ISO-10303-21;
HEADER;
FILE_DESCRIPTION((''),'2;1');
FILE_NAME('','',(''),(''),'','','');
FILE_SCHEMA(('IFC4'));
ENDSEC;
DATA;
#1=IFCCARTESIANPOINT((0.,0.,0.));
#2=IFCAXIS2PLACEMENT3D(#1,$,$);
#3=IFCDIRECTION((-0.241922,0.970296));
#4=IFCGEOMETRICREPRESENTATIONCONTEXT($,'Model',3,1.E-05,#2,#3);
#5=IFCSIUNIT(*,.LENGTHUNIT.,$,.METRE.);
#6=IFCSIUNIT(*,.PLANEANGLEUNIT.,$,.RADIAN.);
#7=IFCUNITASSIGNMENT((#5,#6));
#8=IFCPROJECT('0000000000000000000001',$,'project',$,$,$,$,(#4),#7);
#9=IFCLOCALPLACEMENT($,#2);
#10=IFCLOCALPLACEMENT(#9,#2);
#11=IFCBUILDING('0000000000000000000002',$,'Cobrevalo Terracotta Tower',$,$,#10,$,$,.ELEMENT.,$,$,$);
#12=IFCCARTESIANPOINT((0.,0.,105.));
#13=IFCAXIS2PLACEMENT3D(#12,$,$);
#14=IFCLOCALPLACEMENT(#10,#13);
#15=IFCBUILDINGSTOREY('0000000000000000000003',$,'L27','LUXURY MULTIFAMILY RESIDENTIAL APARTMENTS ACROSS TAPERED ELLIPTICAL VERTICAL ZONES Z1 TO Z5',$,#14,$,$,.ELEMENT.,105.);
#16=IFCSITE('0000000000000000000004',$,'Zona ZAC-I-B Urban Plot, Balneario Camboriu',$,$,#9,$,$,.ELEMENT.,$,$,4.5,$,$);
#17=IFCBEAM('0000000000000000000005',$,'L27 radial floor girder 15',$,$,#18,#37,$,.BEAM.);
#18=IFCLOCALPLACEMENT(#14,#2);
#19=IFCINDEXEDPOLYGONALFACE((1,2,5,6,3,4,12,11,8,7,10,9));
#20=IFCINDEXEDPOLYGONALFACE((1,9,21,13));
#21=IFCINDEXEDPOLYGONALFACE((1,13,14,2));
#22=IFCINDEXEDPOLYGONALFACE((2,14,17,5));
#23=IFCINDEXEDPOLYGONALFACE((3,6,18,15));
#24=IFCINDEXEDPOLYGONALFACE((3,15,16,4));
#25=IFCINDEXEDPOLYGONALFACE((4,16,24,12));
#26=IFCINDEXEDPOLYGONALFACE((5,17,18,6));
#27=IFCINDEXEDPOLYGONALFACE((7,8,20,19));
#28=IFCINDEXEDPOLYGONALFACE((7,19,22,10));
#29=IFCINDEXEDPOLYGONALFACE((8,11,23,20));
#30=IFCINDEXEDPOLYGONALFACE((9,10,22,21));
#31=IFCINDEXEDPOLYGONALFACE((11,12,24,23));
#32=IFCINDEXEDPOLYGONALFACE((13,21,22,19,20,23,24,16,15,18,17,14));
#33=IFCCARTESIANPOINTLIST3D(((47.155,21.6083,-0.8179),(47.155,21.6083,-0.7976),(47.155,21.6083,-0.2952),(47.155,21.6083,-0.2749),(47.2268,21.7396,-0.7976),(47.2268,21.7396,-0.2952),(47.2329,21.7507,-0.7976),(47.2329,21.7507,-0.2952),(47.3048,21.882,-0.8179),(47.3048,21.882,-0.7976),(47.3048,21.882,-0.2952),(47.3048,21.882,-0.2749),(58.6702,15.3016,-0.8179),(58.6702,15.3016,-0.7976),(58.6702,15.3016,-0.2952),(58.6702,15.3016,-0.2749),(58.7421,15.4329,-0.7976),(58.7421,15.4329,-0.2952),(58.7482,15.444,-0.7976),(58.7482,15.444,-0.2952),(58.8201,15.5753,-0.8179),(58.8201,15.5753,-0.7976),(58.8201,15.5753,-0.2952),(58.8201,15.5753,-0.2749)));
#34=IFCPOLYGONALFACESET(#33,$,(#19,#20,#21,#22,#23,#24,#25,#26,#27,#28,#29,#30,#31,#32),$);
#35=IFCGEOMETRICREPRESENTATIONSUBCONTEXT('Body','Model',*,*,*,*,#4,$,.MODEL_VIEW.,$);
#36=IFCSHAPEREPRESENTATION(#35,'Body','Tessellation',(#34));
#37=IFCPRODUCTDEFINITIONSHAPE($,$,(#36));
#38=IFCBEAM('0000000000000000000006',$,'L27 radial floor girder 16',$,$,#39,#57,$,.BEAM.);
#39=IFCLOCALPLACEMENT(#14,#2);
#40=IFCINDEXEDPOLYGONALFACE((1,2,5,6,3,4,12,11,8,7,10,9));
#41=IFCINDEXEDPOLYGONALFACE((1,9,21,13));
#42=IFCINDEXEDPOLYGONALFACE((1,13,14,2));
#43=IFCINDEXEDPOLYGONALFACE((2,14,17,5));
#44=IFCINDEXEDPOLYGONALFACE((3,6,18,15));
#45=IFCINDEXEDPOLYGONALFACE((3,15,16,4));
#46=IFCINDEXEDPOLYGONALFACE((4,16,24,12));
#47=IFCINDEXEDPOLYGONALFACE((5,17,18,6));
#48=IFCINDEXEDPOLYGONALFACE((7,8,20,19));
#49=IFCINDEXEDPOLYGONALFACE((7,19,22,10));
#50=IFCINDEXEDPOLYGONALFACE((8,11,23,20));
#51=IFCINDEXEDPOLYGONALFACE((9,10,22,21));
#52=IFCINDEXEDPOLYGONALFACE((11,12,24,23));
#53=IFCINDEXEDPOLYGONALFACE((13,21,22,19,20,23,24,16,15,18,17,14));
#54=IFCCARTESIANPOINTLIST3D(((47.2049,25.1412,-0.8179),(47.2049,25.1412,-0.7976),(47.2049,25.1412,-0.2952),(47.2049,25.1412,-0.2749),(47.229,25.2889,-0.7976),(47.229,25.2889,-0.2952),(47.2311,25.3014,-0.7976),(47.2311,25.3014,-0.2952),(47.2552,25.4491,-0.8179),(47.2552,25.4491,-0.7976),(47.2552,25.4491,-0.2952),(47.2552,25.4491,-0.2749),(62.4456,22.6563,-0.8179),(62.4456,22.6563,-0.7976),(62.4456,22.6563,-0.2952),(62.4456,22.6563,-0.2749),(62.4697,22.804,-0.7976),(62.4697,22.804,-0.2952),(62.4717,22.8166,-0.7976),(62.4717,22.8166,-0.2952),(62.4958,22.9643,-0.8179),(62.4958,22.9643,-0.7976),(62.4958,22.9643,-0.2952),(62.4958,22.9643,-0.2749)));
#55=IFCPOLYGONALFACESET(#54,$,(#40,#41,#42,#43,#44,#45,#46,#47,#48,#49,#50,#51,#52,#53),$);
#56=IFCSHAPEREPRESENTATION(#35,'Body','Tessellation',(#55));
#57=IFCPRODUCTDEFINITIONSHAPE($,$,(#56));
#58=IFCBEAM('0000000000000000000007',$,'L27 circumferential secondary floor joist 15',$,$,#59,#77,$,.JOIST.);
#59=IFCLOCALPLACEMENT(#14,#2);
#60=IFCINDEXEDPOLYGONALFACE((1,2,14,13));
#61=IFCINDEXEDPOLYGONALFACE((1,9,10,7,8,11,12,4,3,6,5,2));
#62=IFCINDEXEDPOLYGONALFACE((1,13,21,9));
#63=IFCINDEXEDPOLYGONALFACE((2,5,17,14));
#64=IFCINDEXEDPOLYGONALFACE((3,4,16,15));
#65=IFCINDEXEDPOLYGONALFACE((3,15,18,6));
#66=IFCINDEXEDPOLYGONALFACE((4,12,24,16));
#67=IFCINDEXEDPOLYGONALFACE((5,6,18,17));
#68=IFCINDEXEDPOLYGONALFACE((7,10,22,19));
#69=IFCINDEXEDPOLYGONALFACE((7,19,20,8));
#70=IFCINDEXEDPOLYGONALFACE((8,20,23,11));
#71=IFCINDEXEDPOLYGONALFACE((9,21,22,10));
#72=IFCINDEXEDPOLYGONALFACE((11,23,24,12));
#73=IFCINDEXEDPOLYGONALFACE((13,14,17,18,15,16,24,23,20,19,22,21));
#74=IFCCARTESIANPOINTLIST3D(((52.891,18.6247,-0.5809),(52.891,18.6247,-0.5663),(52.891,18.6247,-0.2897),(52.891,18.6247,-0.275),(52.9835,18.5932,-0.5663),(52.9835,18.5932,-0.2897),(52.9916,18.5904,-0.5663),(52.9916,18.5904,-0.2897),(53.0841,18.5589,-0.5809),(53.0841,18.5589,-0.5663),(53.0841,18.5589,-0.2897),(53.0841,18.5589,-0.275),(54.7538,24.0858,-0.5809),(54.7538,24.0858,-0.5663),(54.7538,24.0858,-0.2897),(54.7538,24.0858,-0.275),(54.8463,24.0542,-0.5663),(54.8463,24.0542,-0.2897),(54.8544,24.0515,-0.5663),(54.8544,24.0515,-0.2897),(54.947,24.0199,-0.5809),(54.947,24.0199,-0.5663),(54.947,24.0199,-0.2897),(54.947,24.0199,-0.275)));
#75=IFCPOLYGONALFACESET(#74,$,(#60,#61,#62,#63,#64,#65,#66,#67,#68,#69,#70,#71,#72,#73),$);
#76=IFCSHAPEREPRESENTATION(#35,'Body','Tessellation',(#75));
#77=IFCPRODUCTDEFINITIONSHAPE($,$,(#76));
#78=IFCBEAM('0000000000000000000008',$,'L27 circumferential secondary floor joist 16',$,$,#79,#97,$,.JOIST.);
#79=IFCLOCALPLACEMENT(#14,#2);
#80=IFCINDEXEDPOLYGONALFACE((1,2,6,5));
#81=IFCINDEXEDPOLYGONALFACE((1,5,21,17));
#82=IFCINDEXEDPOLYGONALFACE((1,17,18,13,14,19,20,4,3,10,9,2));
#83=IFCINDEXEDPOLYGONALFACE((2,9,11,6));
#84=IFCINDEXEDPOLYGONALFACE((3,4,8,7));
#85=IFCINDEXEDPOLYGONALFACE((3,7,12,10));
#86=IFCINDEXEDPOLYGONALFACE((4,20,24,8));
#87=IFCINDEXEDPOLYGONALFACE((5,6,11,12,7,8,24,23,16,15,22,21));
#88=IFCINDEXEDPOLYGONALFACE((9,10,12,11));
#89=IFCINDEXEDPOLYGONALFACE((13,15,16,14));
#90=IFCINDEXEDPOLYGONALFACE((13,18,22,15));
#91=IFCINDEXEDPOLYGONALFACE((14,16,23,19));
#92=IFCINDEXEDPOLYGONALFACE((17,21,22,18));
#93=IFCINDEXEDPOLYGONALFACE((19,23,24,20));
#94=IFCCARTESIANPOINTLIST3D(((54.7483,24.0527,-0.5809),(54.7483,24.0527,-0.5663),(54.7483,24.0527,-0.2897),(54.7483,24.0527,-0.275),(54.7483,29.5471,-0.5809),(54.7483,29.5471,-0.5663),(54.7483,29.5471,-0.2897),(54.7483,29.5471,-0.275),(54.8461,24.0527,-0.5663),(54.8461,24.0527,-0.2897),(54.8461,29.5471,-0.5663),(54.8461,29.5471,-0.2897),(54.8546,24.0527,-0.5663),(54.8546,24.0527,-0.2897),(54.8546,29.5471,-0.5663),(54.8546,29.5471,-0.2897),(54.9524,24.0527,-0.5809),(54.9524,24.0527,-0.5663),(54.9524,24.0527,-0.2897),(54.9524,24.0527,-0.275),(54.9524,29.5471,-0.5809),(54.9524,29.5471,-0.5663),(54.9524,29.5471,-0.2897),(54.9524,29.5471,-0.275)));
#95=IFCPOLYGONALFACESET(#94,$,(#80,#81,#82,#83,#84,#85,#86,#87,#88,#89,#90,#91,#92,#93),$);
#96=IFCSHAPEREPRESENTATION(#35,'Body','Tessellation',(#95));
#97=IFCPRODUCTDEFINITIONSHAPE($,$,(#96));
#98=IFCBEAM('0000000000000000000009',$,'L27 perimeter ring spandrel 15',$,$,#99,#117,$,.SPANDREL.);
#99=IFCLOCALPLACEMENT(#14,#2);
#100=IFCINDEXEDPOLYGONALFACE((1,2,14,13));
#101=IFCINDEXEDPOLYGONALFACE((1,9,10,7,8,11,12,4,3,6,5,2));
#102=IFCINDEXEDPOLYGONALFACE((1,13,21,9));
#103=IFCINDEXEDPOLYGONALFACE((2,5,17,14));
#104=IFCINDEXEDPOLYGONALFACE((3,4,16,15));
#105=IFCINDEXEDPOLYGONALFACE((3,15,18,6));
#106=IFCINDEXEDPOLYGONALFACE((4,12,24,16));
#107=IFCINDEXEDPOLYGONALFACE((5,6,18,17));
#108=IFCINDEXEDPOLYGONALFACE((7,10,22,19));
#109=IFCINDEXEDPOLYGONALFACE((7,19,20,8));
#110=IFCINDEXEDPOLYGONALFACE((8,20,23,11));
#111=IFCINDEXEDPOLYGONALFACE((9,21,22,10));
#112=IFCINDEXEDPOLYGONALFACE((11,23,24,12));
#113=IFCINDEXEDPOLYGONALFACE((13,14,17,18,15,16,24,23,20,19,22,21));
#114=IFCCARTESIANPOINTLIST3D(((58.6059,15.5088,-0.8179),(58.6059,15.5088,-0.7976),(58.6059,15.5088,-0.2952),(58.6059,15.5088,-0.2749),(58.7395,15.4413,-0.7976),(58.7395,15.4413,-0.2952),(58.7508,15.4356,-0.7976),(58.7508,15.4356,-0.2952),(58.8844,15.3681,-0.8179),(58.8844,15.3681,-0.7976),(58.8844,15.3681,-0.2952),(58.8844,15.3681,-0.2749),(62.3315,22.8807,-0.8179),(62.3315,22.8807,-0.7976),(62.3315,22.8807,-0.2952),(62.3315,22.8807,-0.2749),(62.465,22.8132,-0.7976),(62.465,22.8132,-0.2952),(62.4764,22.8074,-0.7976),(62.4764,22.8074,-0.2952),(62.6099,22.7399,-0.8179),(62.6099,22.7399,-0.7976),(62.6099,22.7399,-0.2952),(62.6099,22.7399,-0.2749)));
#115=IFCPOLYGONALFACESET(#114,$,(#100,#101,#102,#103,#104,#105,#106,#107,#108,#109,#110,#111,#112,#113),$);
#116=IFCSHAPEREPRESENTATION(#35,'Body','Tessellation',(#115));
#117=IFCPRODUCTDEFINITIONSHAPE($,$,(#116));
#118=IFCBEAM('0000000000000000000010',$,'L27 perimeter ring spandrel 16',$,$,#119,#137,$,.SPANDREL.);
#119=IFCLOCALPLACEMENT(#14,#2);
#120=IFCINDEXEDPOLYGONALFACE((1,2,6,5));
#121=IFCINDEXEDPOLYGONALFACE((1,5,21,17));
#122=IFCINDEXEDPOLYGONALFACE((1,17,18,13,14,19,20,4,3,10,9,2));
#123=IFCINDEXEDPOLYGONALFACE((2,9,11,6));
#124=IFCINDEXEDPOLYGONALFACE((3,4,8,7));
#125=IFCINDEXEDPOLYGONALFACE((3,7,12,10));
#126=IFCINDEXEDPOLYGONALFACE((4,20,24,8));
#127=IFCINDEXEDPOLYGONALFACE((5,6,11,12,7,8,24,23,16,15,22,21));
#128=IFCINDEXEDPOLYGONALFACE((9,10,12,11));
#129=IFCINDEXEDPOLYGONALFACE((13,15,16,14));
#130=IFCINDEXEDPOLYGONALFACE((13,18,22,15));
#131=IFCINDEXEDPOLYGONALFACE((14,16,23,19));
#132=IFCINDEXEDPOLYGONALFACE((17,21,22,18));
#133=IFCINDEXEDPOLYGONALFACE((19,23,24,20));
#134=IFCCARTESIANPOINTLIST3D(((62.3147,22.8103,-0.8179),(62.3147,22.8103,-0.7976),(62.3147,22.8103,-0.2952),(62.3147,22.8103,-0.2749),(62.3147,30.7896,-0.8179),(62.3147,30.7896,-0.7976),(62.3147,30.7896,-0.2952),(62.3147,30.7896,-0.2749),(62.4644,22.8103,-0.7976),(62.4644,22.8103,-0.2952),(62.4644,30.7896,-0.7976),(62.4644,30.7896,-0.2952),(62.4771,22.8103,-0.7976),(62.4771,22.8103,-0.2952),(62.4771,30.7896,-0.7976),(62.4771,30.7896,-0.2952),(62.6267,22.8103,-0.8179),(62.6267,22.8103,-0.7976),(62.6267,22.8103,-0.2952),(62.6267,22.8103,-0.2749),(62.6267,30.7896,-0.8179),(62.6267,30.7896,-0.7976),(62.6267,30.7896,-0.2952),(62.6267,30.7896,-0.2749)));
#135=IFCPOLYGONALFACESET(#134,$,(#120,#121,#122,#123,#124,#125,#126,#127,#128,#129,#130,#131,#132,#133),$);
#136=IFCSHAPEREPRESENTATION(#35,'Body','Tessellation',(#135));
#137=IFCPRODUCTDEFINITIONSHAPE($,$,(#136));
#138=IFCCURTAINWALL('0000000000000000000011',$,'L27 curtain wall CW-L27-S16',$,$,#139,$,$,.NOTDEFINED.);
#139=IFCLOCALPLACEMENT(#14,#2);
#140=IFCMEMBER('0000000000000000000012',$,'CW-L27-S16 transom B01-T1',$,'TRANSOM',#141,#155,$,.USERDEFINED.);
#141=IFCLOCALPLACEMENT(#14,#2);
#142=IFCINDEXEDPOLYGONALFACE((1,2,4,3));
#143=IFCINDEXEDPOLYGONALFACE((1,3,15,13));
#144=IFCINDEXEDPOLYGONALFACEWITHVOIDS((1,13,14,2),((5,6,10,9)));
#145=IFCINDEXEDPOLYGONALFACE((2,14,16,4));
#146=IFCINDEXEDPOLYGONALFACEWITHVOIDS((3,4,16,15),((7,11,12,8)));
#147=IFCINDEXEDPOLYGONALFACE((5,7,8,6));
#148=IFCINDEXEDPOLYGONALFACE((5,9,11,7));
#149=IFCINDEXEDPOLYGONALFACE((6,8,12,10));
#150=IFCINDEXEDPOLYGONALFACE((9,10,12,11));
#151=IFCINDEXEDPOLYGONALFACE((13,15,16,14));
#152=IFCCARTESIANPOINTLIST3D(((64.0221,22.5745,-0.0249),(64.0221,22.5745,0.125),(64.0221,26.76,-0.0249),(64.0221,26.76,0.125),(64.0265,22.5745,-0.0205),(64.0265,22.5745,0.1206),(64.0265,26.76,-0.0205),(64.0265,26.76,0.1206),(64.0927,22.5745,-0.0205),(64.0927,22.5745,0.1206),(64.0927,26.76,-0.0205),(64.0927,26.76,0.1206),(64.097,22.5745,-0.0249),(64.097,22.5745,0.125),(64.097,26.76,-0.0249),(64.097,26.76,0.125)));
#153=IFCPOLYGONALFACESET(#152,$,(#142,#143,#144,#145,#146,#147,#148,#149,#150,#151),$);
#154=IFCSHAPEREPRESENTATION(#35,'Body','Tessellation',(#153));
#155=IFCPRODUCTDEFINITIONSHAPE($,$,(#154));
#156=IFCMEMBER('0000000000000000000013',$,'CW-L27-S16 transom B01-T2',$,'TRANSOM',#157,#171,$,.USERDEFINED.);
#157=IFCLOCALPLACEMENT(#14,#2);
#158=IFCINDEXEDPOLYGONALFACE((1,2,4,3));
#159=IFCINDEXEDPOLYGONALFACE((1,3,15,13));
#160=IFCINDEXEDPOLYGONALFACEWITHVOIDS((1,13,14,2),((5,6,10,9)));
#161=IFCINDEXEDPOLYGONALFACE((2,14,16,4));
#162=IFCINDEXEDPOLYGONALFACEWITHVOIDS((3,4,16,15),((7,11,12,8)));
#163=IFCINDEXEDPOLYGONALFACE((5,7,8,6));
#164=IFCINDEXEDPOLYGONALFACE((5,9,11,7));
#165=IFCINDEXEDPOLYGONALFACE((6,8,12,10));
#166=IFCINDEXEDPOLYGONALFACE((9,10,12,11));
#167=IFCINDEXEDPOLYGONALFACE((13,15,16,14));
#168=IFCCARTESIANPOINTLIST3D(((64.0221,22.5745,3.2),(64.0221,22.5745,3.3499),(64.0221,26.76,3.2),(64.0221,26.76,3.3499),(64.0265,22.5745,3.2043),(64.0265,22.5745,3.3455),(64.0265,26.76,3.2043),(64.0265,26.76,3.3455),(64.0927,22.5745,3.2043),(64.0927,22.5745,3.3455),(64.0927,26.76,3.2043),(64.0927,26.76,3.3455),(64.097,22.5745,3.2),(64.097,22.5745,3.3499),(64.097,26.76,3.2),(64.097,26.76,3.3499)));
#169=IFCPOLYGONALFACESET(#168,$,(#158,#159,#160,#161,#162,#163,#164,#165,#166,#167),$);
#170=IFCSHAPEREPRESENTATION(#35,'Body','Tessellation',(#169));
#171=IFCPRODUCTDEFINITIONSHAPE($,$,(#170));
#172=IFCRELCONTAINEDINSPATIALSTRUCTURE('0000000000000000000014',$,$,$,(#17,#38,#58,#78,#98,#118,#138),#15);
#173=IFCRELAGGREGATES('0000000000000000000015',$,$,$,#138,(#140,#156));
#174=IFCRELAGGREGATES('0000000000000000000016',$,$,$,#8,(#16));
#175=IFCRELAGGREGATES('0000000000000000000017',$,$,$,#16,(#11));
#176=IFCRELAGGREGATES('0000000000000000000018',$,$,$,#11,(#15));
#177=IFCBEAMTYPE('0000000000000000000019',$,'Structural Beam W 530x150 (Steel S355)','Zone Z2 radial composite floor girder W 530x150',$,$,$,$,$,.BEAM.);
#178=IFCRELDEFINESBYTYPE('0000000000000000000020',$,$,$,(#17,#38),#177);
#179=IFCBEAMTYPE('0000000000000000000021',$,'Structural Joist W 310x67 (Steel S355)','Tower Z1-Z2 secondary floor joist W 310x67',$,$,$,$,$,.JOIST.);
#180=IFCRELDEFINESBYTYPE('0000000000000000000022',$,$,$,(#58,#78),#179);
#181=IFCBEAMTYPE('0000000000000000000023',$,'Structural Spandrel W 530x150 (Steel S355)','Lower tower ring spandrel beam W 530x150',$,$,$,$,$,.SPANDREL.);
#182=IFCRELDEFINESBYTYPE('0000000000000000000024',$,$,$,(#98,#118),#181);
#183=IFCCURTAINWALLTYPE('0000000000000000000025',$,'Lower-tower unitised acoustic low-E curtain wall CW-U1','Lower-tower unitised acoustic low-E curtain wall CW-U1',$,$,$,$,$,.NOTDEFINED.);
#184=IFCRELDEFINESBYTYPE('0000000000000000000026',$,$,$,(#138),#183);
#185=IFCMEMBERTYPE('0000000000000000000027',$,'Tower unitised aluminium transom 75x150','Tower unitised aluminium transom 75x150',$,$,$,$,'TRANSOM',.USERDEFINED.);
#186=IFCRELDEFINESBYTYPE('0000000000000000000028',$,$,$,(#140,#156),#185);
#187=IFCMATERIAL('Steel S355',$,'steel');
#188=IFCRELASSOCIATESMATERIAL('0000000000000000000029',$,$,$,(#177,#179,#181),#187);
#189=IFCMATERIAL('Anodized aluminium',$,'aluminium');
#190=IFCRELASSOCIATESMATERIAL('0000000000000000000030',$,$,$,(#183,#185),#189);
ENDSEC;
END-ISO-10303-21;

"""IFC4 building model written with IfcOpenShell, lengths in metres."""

from ifc_helpers import new_model, si_unit, direction, frame, origin, origin_2d, place, context, subcontext, project, spatial, hollow_rectangle, i_section, extrude, source, transform, mapped, material, material_profile, profile_set, type_object, element, aggregate, save


model = new_model("IFC4")

# Units and contexts
model_context = context("Model", 3, precision=1e-05, world=origin(), true_north=direction((-0.241922, 0.970296)))
body_context = subcontext(model_context, "Body", "Model", "MODEL_VIEW")
ifc_project = project(units=[si_unit("LENGTHUNIT", "METRE"), si_unit("PLANEANGLEUNIT", "RADIAN")], contexts=[model_context])

# Site, building, storey
site_placement = place(None, origin())
site = spatial("IfcSite", under=ifc_project, at=site_placement, Name="Zona ZAC-I-B Urban Plot, Balneario Camboriu", CompositionType="ELEMENT", RefElevation=4.5)
building_placement = place(site_placement, origin())
building = spatial("IfcBuilding", under=site, at=building_placement, Name="Cobrevalo Terracotta Tower", CompositionType="ELEMENT")
storey_placement = place(building_placement, frame((0.0, 0.0, 105.0)))
storey = spatial("IfcBuildingStorey", under=building, at=storey_placement, Name="L27", Description="LUXURY MULTIFAMILY RESIDENTIAL APARTMENTS ACROSS TAPERED ELLIPTICAL VERTICAL ZONES Z1 TO Z5", CompositionType="ELEMENT", Elevation=105.0)

# Shared definitions
ifc_material_1 = material(Name="Steel S355", Category="steel")

# Beams
ifc_material_profile_1 = material_profile(ifc_material_1, i_section(OverallWidth=0.312, OverallDepth=0.543, WebThickness=0.0127, FlangeThickness=0.0203, at=origin_2d()), Name="W 530x150")
ifc_profile_set_1 = profile_set([ifc_material_profile_1], Name="Steel S355")
beam_type_1 = type_object("IfcBeamType", Name="Structural Beam W 530x150 (Steel S355)", Description="Zone Z2 radial composite floor girder W 530x150", PredefinedType="BEAM", material=ifc_profile_set_1)
beam_1_placement = place(storey_placement, frame((58.7451, 15.4385, -0.5464), z_axis=(-0.877073, 0.480358, 0.0), x_axis=(-0.480358, -0.877073, 0.0)))
element("IfcBeam", 1, at=beam_1_placement, inside=storey, type_object=beam_type_1, Name="L27 radial floor girder 15", PredefinedType="BEAM", context=body_context, shape_type="SweptSolid", body=[
    extrude(i_section(OverallWidth=0.312, OverallDepth=0.543, WebThickness=0.0127, FlangeThickness=0.0203, at=origin_2d()), origin(), (0.0, 0.0, 1.0), 13.1292),
])
beam_2_placement = place(storey_placement, frame((62.4707, 22.8103, -0.5464), z_axis=(-0.986968, 0.160916, 0.0), x_axis=(-0.160916, -0.986968, 0.0)))
element("IfcBeam", 2, at=beam_2_placement, inside=storey, type_object=beam_type_1, Name="L27 radial floor girder 16", PredefinedType="BEAM", context=body_context, shape_type="SweptSolid", body=[
    extrude(i_section(OverallWidth=0.312, OverallDepth=0.543, WebThickness=0.0127, FlangeThickness=0.0203, at=origin_2d()), origin(), (0.0, 0.0, 1.0), 15.4419),
])
ifc_material_profile_2 = material_profile(ifc_material_1, i_section(OverallWidth=0.2041, OverallDepth=0.3059, WebThickness=0.0085, FlangeThickness=0.0146, at=origin_2d()), Name="W 310x67")
ifc_profile_set_2 = profile_set([ifc_material_profile_2], Name="Steel S355")
beam_type_2 = type_object("IfcBeamType", Name="Structural Joist W 310x67 (Steel S355)", Description="Tower Z1-Z2 secondary floor joist W 310x67", PredefinedType="JOIST", material=ifc_profile_set_2)
beam_3_placement = place(storey_placement, frame((52.9875, 18.5918, -0.428), z_axis=(0.322846, 0.946451, 0.0), x_axis=(-0.946451, 0.322846, 0.0)))
element("IfcBeam", 3, at=beam_3_placement, inside=storey, type_object=beam_type_2, Name="L27 circumferential secondary floor joist 15", PredefinedType="JOIST", context=body_context, shape_type="SweptSolid", body=[
    extrude(i_section(OverallWidth=0.2041, OverallDepth=0.3059, WebThickness=0.0085, FlangeThickness=0.0146, at=origin_2d()), origin(), (0.0, 0.0, 1.0), 5.77),
])
beam_4_placement = place(storey_placement, frame((54.8503, 24.0527, -0.428), z_axis=(0.0, 1.0, 0.0), x_axis=(-1.0, 0.0, 0.0)))
element("IfcBeam", 4, at=beam_4_placement, inside=storey, type_object=beam_type_2, Name="L27 circumferential secondary floor joist 16", PredefinedType="JOIST", context=body_context, shape_type="SweptSolid", body=[
    extrude(i_section(OverallWidth=0.2041, OverallDepth=0.3059, WebThickness=0.0085, FlangeThickness=0.0146, at=origin_2d()), origin(), (0.0, 0.0, 1.0), 5.4944),
])
ifc_material_profile_3 = material_profile(ifc_material_1, i_section(OverallWidth=0.312, OverallDepth=0.543, WebThickness=0.0127, FlangeThickness=0.0203, at=origin_2d()), Name="W 530x150")
ifc_profile_set_3 = profile_set([ifc_material_profile_3], Name="Steel S355")
beam_type_3 = type_object("IfcBeamType", Name="Structural Spandrel W 530x150 (Steel S355)", Description="Lower tower ring spandrel beam W 530x150", PredefinedType="SPANDREL", material=ifc_profile_set_3)
beam_5_placement = place(storey_placement, frame((58.7451, 15.4385, -0.5464), z_axis=(0.451052, 0.892498, 0.0), x_axis=(-0.892498, 0.451052, 0.0)))
element("IfcBeam", 5, at=beam_5_placement, inside=storey, type_object=beam_type_3, Name="L27 perimeter ring spandrel 15", PredefinedType="SPANDREL", context=body_context, shape_type="SweptSolid", body=[
    extrude(i_section(OverallWidth=0.312, OverallDepth=0.543, WebThickness=0.0127, FlangeThickness=0.0203, at=origin_2d()), origin(), (0.0, 0.0, 1.0), 8.2598),
])
beam_6_placement = place(storey_placement, frame((62.4707, 22.8103, -0.5464), z_axis=(0.0, 1.0, 0.0), x_axis=(-1.0, 0.0, 0.0)))
element("IfcBeam", 6, at=beam_6_placement, inside=storey, type_object=beam_type_3, Name="L27 perimeter ring spandrel 16", PredefinedType="SPANDREL", context=body_context, shape_type="SweptSolid", body=[
    extrude(i_section(OverallWidth=0.312, OverallDepth=0.543, WebThickness=0.0127, FlangeThickness=0.0203, at=origin_2d()), origin(), (0.0, 0.0, 1.0), 7.9792),
])

# Curtain wall, members
ifc_material_2 = material(Name="Anodized aluminium", Category="aluminium")
curtain_wall_type = type_object("IfcCurtainWallType", Name="Lower-tower unitised acoustic low-E curtain wall CW-U1", Description="Lower-tower unitised acoustic low-E curtain wall CW-U1", PredefinedType="NOTDEFINED", material=ifc_material_2)
curtain_wall_1_placement = place(storey_placement, origin())
curtain_wall_1 = element("IfcCurtainWall", 7, at=curtain_wall_1_placement, inside=storey, type_object=curtain_wall_type, Name="L27 curtain wall CW-L27-S16", PredefinedType="NOTDEFINED")
ifc_material_profile_4 = material_profile(ifc_material_2, hollow_rectangle(XDim=0.075, YDim=0.1499, WallThickness=0.0044, at=origin_2d()), Name="CWT 75x150")
ifc_profile_set_4 = profile_set([ifc_material_profile_4], Name="Anodized aluminium")
member_type_1 = type_object("IfcMemberType", Name="Tower unitised aluminium transom 75x150", Description="Tower unitised aluminium transom 75x150", ElementType="TRANSOM", PredefinedType="USERDEFINED", material=ifc_profile_set_4)
shared_shape_1 = source(origin(), body_context, "Body", "SweptSolid", [
    extrude(hollow_rectangle(XDim=0.075, YDim=0.1499, WallThickness=0.0044, at=origin_2d()), origin(), (0.0, 0.0, 1.0), 4.1855),
])
member_1_placement = place(storey_placement, frame((64.0596, 22.5745, 0.05), z_axis=(0.0, 1.0, 0.0), x_axis=(-1.0, 0.0, 0.0)))
member_1 = element("IfcMember", 8, at=member_1_placement, type_object=member_type_1, Name="CW-L27-S16 transom B01-T1", ObjectType="TRANSOM", PredefinedType="USERDEFINED", context=body_context, shape_type="MappedRepresentation", body=[
    mapped(shared_shape_1, transform((0.0, 0.0, 0.0), scale=1.0)),
])
member_2_placement = place(storey_placement, frame((64.0596, 22.5745, 3.2749), z_axis=(0.0, 1.0, 0.0), x_axis=(-1.0, 0.0, 0.0)))
member_2 = element("IfcMember", 9, at=member_2_placement, type_object=member_type_1, Name="CW-L27-S16 transom B01-T2", ObjectType="TRANSOM", PredefinedType="USERDEFINED", context=body_context, shape_type="MappedRepresentation", body=[
    mapped(shared_shape_1, transform((0.0, 0.0, 0.0), scale=1.0)),
])

aggregate(curtain_wall_1, [member_1, member_2])

save(model, "model.ifc")
